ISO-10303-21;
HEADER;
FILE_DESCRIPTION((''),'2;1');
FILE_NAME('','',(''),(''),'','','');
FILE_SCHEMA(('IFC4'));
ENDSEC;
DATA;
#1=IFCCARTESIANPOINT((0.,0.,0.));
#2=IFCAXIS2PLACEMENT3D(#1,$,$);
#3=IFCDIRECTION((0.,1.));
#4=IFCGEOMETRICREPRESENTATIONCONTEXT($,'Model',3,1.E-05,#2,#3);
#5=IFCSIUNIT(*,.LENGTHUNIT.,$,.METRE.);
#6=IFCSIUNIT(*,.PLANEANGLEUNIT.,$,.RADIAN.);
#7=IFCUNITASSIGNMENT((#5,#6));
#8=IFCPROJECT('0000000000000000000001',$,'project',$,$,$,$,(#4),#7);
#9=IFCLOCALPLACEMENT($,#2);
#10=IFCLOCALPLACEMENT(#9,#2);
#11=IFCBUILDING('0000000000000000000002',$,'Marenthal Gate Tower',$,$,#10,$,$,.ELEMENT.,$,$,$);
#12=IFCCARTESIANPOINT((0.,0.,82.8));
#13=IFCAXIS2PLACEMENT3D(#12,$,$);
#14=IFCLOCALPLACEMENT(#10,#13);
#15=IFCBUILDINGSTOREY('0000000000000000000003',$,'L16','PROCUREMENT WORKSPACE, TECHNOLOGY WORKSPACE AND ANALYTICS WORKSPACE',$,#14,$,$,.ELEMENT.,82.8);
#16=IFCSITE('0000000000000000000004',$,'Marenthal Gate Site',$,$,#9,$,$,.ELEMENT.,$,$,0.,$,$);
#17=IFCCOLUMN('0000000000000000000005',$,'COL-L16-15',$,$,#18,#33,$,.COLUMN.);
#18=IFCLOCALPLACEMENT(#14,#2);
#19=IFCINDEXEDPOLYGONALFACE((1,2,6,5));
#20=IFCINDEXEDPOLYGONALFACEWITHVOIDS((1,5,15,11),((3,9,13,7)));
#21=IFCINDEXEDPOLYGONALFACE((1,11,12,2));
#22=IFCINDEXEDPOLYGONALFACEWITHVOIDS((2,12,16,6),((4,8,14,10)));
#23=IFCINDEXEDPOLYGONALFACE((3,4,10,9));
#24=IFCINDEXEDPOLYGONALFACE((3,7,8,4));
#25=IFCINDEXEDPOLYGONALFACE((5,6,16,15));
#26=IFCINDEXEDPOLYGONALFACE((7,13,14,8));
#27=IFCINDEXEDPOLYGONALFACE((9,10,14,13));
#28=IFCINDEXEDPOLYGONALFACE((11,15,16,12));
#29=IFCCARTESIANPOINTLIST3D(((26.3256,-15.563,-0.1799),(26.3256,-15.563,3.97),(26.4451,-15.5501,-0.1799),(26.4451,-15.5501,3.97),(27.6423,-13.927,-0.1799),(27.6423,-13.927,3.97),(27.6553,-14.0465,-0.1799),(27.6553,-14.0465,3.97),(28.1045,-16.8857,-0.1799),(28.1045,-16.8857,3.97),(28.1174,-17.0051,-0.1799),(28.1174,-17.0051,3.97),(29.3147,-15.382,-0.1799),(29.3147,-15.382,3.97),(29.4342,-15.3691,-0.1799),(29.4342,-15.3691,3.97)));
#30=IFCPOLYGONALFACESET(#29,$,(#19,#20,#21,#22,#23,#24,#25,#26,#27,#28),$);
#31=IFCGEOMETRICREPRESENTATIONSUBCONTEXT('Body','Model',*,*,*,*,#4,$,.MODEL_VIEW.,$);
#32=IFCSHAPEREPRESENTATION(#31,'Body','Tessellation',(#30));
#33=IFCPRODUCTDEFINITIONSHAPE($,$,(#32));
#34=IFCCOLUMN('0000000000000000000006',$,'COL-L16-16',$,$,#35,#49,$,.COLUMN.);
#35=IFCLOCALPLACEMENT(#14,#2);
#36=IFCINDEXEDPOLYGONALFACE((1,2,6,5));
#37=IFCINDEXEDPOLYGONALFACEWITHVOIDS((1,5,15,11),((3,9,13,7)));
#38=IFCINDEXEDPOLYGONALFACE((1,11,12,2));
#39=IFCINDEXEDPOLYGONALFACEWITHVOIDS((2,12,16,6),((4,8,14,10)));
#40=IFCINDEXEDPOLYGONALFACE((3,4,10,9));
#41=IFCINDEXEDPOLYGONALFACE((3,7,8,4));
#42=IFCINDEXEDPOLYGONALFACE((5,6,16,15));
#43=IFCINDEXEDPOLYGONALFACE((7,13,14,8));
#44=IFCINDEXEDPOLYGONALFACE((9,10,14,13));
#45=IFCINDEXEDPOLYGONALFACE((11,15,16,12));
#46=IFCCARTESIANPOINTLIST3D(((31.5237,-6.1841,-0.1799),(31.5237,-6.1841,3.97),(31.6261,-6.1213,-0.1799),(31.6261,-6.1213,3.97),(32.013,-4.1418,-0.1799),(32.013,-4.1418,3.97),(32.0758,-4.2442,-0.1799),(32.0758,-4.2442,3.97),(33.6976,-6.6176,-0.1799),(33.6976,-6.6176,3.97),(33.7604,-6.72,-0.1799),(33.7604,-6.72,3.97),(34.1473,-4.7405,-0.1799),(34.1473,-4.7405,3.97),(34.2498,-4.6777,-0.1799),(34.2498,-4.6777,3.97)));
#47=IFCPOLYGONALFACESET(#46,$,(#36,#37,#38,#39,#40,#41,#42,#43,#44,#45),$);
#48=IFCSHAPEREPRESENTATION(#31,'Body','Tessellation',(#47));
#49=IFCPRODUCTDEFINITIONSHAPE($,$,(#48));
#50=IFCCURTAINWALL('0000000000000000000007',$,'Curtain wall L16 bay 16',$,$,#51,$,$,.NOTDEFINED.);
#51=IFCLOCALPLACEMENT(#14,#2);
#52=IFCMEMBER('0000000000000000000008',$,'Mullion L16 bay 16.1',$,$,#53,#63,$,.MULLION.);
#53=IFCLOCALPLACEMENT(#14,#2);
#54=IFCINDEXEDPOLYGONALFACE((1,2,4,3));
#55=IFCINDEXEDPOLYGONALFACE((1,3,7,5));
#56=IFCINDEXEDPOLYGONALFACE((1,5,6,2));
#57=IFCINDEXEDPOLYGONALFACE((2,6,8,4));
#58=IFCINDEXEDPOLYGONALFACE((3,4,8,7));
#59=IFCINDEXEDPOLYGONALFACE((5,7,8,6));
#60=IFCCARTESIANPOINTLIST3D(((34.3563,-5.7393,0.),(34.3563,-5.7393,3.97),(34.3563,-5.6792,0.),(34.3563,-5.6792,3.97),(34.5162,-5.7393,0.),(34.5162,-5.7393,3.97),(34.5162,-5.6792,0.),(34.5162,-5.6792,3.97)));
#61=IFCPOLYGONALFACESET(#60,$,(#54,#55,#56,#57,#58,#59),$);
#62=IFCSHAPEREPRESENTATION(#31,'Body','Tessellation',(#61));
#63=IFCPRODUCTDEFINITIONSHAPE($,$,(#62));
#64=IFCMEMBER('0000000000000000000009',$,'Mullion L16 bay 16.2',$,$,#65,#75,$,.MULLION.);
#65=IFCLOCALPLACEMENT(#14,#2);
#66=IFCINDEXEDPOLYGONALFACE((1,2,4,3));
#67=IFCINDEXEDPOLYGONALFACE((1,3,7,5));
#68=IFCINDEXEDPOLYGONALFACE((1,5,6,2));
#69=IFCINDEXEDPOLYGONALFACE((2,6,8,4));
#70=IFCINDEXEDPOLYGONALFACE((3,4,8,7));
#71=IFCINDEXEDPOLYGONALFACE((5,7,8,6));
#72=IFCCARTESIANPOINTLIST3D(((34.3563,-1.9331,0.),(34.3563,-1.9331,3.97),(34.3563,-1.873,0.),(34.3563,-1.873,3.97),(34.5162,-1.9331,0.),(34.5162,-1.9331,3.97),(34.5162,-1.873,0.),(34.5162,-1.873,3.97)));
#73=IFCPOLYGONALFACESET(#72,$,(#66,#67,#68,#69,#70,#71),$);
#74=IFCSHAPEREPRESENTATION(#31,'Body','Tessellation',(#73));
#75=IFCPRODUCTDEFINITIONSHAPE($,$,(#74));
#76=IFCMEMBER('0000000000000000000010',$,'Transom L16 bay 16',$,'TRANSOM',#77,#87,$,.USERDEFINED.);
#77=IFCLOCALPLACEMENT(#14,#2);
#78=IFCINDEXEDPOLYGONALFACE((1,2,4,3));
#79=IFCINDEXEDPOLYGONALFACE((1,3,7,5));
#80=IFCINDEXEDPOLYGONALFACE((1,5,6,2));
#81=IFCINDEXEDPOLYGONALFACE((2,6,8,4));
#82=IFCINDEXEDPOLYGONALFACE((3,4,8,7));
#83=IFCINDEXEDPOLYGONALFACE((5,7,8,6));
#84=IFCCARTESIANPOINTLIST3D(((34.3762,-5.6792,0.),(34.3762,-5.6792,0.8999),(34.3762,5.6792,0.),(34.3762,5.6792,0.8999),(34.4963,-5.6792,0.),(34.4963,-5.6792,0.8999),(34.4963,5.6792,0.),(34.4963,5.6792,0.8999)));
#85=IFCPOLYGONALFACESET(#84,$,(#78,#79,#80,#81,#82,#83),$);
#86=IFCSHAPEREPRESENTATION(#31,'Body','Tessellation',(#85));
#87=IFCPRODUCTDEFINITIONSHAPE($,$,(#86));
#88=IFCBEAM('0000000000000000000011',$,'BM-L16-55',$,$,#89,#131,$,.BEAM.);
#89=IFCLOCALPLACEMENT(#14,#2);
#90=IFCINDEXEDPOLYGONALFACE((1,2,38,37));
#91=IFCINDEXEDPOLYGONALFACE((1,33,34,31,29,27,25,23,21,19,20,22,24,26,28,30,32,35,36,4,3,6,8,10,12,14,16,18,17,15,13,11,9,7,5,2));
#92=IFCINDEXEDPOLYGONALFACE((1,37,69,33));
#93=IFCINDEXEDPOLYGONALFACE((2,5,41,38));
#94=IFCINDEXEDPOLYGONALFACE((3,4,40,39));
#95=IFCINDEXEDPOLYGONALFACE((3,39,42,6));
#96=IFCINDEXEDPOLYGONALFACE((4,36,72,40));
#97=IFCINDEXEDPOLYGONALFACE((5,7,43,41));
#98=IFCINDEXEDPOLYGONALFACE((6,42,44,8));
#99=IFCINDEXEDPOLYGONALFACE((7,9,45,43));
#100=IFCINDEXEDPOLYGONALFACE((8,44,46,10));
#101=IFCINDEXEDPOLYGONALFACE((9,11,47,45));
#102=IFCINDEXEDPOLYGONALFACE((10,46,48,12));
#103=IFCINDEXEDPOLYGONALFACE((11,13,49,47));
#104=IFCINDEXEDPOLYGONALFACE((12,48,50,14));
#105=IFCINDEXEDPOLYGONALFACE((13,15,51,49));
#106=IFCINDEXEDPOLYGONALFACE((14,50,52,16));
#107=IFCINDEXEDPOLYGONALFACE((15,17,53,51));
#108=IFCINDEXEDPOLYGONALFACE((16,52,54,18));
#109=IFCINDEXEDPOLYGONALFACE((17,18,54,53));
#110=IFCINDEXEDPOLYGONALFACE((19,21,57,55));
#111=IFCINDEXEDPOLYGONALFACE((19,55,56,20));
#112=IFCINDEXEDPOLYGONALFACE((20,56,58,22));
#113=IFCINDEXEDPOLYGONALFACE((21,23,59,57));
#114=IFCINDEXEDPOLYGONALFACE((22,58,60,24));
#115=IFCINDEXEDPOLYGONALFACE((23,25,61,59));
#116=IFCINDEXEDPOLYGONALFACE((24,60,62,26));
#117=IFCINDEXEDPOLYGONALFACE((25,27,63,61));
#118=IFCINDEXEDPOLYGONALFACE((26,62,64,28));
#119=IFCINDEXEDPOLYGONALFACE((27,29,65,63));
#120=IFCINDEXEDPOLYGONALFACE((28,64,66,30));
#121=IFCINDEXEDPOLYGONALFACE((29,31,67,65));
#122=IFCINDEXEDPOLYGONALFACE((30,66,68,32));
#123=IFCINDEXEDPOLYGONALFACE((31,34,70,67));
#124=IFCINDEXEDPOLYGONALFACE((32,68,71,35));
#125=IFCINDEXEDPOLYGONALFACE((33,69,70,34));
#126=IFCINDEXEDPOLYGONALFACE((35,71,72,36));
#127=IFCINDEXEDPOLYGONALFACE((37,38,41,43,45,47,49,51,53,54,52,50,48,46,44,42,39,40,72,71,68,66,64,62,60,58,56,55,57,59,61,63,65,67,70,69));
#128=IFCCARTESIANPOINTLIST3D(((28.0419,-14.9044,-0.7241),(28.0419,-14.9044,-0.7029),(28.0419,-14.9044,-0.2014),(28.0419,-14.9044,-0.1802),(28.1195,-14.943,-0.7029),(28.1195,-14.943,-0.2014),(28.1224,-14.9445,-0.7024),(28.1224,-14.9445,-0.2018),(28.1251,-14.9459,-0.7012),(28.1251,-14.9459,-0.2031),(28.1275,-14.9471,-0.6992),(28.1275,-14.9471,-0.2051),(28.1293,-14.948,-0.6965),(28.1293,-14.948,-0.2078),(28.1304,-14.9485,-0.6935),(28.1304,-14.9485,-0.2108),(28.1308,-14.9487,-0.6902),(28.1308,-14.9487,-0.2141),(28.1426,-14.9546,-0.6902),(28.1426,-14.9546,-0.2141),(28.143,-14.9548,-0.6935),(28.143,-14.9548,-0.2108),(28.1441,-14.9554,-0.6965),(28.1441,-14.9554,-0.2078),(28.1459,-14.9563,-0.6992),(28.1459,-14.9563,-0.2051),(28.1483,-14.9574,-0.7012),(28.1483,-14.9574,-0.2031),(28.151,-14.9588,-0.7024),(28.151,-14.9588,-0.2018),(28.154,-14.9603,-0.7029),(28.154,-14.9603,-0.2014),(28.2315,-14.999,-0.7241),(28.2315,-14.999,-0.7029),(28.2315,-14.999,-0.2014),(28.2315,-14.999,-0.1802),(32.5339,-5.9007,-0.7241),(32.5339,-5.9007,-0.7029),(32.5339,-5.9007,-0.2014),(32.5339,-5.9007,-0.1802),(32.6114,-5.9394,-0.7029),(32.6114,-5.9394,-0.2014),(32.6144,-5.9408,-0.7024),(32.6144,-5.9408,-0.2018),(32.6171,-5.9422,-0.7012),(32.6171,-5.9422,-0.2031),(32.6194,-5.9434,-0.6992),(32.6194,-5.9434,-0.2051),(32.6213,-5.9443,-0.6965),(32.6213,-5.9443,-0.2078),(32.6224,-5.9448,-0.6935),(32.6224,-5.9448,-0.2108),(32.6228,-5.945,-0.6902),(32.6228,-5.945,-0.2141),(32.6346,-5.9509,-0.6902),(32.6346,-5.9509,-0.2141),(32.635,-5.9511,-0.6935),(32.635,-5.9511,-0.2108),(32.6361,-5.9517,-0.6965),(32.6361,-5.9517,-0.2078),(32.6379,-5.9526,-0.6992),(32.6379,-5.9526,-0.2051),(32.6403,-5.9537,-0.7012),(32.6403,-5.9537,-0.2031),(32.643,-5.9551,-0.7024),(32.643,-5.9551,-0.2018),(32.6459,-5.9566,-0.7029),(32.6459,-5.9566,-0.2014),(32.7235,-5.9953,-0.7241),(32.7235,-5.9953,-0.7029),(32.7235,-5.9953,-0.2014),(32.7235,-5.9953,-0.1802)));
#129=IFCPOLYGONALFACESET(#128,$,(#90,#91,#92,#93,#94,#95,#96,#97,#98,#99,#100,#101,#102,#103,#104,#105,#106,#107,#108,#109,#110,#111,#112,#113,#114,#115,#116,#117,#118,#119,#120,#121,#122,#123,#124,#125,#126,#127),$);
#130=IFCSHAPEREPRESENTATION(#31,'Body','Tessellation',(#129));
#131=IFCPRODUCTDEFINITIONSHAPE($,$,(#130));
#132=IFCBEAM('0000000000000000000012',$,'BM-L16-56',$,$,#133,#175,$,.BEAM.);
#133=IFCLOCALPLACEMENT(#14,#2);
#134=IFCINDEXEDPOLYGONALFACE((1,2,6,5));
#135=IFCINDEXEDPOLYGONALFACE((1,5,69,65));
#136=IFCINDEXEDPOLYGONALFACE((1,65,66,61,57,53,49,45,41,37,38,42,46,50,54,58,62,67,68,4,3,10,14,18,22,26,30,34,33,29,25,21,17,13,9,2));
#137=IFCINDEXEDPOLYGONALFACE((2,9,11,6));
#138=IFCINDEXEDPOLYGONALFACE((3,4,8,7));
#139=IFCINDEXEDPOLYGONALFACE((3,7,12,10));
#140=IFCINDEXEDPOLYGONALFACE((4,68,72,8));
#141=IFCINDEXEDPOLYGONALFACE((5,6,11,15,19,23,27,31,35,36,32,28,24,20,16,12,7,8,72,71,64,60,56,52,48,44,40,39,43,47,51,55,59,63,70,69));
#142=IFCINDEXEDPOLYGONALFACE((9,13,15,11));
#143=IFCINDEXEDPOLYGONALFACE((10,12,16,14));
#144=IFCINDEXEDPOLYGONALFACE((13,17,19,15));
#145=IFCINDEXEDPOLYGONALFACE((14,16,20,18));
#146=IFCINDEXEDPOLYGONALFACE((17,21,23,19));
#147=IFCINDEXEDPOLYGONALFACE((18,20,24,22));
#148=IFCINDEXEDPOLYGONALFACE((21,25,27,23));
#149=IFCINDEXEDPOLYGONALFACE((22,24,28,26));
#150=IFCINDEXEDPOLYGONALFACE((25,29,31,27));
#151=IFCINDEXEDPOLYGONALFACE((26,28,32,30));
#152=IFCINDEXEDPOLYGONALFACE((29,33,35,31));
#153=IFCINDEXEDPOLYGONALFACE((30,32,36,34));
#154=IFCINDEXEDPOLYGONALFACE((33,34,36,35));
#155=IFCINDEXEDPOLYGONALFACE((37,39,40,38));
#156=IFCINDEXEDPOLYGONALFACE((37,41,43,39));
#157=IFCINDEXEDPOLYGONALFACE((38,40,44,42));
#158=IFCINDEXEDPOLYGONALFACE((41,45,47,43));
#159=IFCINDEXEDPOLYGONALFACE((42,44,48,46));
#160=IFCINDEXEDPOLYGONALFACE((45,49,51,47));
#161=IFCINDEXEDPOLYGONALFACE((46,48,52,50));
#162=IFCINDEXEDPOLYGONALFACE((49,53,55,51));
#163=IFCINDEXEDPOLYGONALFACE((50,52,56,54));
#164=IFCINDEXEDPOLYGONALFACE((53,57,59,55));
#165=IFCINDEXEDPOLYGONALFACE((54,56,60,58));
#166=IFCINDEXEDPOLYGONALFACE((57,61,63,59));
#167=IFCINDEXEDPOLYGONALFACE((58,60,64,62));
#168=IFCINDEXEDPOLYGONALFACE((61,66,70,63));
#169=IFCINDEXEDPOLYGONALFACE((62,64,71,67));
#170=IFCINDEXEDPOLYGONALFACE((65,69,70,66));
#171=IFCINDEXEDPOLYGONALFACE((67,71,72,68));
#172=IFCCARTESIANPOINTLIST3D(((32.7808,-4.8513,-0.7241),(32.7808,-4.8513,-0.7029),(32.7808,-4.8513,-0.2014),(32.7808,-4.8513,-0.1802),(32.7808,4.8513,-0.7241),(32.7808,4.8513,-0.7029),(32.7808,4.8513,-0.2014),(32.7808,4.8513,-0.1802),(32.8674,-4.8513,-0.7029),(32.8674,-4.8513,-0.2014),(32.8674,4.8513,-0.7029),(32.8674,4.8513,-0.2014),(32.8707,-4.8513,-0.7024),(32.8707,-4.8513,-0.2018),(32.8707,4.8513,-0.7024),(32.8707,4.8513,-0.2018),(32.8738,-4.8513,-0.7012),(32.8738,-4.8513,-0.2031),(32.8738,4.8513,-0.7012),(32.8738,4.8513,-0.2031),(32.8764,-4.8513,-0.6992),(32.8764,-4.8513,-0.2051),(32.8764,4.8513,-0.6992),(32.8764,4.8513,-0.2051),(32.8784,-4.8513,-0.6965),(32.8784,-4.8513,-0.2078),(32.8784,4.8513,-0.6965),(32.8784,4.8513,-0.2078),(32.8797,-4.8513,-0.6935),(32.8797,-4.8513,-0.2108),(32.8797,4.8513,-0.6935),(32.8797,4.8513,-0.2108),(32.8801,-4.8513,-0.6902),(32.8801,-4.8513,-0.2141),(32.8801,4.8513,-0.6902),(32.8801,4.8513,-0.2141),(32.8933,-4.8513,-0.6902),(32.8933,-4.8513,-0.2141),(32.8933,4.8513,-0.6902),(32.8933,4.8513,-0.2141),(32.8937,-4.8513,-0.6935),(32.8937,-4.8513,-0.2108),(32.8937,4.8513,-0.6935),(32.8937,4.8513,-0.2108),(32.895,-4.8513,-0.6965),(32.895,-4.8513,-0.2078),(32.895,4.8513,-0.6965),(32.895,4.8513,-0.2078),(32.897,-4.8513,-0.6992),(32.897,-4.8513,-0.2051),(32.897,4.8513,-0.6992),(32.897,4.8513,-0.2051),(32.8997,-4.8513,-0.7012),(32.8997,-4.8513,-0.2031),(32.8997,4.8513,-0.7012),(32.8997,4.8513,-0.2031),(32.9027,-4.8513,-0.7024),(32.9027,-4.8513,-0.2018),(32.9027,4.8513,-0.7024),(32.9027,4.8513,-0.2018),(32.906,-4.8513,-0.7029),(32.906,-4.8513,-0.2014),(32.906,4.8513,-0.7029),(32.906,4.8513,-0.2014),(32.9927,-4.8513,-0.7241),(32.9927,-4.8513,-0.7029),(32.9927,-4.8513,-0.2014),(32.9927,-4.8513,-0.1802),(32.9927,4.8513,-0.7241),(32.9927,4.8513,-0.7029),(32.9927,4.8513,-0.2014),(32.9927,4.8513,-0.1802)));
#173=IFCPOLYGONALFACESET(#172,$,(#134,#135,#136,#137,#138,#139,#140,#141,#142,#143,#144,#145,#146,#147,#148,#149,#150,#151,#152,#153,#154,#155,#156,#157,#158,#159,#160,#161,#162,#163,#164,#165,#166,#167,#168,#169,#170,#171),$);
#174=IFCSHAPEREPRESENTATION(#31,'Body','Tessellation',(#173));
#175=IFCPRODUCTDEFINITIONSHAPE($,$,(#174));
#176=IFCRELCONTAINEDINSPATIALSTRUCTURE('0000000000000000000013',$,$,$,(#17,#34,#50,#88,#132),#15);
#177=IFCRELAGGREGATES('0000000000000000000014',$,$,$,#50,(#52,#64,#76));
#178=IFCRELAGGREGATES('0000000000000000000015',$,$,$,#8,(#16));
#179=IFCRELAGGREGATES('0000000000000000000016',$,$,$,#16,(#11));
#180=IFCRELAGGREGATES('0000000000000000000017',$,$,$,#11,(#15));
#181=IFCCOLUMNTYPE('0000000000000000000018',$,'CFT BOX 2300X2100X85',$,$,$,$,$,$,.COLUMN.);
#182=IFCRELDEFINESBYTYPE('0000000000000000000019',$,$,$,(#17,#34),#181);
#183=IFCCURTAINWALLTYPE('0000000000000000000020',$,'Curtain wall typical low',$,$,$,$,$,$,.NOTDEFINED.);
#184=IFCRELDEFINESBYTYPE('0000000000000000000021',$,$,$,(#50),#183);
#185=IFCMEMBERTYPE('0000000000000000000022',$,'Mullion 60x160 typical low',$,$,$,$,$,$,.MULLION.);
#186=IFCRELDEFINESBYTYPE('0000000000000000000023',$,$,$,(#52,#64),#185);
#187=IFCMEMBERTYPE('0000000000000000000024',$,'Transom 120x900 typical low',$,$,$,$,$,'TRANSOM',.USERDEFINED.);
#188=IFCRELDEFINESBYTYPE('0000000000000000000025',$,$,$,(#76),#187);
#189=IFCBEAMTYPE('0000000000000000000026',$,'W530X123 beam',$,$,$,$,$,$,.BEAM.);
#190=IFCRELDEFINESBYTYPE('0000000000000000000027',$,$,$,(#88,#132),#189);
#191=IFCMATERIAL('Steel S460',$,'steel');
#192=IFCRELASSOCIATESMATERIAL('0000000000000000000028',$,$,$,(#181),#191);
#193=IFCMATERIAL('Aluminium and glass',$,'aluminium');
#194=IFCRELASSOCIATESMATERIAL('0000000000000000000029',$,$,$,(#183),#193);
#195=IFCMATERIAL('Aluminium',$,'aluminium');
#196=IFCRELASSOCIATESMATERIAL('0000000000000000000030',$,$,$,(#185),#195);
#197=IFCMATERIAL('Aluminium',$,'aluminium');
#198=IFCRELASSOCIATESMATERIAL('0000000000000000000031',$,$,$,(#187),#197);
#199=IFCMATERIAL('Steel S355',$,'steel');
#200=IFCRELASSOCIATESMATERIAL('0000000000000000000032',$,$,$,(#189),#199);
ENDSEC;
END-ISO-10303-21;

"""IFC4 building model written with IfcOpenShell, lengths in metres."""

from ifc_helpers import new_model, si_unit, direction, frame, origin, origin_2d, place, context, subcontext, project, spatial, rectangle, hollow_rectangle, i_section, extrude, material, material_profile, profile_set, type_object, element, aggregate, save


model = new_model("IFC4")

# Units and contexts
model_context = context("Model", 3, precision=1e-05, world=origin(), true_north=direction((0.0, 1.0)))
body_context = subcontext(model_context, "Body", "Model", "MODEL_VIEW")
ifc_project = project(units=[si_unit("LENGTHUNIT", "METRE"), si_unit("PLANEANGLEUNIT", "RADIAN")], contexts=[model_context])

# Site, building, storey
site_placement = place(None, origin())
site = spatial("IfcSite", under=ifc_project, at=site_placement, Name="Marenthal Gate Site", CompositionType="ELEMENT", RefElevation=0.0)
building_placement = place(site_placement, origin())
building = spatial("IfcBuilding", under=site, at=building_placement, Name="Marenthal Gate Tower", CompositionType="ELEMENT")
storey_placement = place(building_placement, frame((0.0, 0.0, 82.8)))
storey = spatial("IfcBuildingStorey", under=building, at=storey_placement, Name="L16", Description="PROCUREMENT WORKSPACE, TECHNOLOGY WORKSPACE AND ANALYTICS WORKSPACE", CompositionType="ELEMENT", Elevation=82.8)

# Columns
ifc_material_1 = material(Name="Steel S460", Category="steel")
ifc_material_profile_1 = material_profile(ifc_material_1, hollow_rectangle(XDim=2.1001, YDim=2.3, WallThickness=0.085, at=origin_2d()), Name="CFT BOX 2300X2100X85")
ifc_material_2 = material(Name="Concrete 70 MPa", Category="concrete")
ifc_material_profile_2 = material_profile(ifc_material_2, rectangle(XDim=1.9299, YDim=2.1299, at=origin_2d()), Name="CFT BOX 2300X2100X85 INFILL")
ifc_profile_set_1 = profile_set([ifc_material_profile_1, ifc_material_profile_2], Name="Steel S460 shell, Concrete 70 MPa infill")
column_type = type_object("IfcColumnType", Name="CFT BOX 2300X2100X85", PredefinedType="COLUMN", material=ifc_profile_set_1)
for number, where, z_axis, x_axis, name in (
    (1, (27.8799, -15.4661, -0.1799), (0.0, 0.0, 1.0), (-0.626985, -0.779032, 0.0), "COL-L16-15"),
    (2, (32.8867, -5.4309, -0.1799), (0.0, 0.0, 1.0), (-0.232997, -0.972477, 0.0), "COL-L16-16"),
):
    element("IfcColumn", number, at=place(storey_placement, frame(where, z_axis=z_axis, x_axis=x_axis)), inside=storey, type_object=column_type, Name=name, PredefinedType="COLUMN", context=body_context, shape_type="SweptSolid", body=[
        extrude(hollow_rectangle(XDim=2.1001, YDim=2.3, WallThickness=0.085, at=origin_2d()), origin(), (0.0, 0.0, 1.0), 4.1499),
    ])

# Curtain wall, members
ifc_material_3 = material(Name="Aluminium and glass", Category="aluminium")
curtain_wall_type = type_object("IfcCurtainWallType", Name="Curtain wall typical low", PredefinedType="NOTDEFINED", material=ifc_material_3)
curtain_wall_placement = place(storey_placement, origin())
curtain_wall = element("IfcCurtainWall", 3, at=curtain_wall_placement, inside=storey, type_object=curtain_wall_type, Name="Curtain wall L16 bay 16", PredefinedType="NOTDEFINED")
ifc_material_4 = material(Name="Aluminium", Category="aluminium")
ifc_material_profile_3 = material_profile(ifc_material_4, rectangle(XDim=0.1599, YDim=0.0601, at=origin_2d()), Name="60x160 aluminium mullion")
ifc_profile_set_2 = profile_set([ifc_material_profile_3], Name="Aluminium")
member_type_1 = type_object("IfcMemberType", Name="Mullion 60x160 typical low", PredefinedType="MULLION", material=ifc_profile_set_2)
member_1_placement = place(storey_placement, frame((34.4363, -5.7092, 0.0), z_axis=(0.0, 0.0, 1.0), x_axis=(-1.0, 0.0, 0.0)))
member_1 = element("IfcMember", 4, at=member_1_placement, type_object=member_type_1, Name="Mullion L16 bay 16.1", PredefinedType="MULLION", context=body_context, shape_type="SweptSolid", body=[
    extrude(rectangle(XDim=0.1599, YDim=0.0601, at=origin_2d()), origin(), (0.0, 0.0, 1.0), 3.97),
])
member_2_placement = place(storey_placement, frame((34.4363, -1.9031, 0.0), z_axis=(0.0, 0.0, 1.0), x_axis=(-1.0, 0.0, 0.0)))
member_2 = element("IfcMember", 5, at=member_2_placement, type_object=member_type_1, Name="Mullion L16 bay 16.2", PredefinedType="MULLION", context=body_context, shape_type="SweptSolid", body=[
    extrude(rectangle(XDim=0.1599, YDim=0.0601, at=origin_2d()), origin(), (0.0, 0.0, 1.0), 3.97),
])
ifc_material_5 = material(Name="Aluminium", Category="aluminium")
ifc_material_profile_4 = material_profile(ifc_material_5, rectangle(XDim=0.1201, YDim=0.8999, at=origin_2d()), Name="120x900 aluminium transom")
ifc_profile_set_3 = profile_set([ifc_material_profile_4], Name="Aluminium")
member_type_2 = type_object("IfcMemberType", Name="Transom 120x900 typical low", ElementType="TRANSOM", PredefinedType="USERDEFINED", material=ifc_profile_set_3)
member_3_placement = place(storey_placement, frame((34.4363, -5.6792, 0.45), z_axis=(0.0, 1.0, 0.0), x_axis=(-1.0, 0.0, 0.0)))
member_3 = element("IfcMember", 6, at=member_3_placement, type_object=member_type_2, Name="Transom L16 bay 16", ObjectType="TRANSOM", PredefinedType="USERDEFINED", context=body_context, shape_type="SweptSolid", body=[
    extrude(rectangle(XDim=0.1201, YDim=0.8999, at=origin_2d()), origin(), (0.0, 0.0, 1.0), 11.3584),
])

# Beams
ifc_material_6 = material(Name="Steel S355", Category="steel")
ifc_material_profile_5 = material_profile(ifc_material_6, i_section(OverallWidth=0.2119, OverallDepth=0.5439, WebThickness=0.0132, FlangeThickness=0.0212, FilletRadius=0.0127, at=origin_2d()), Name="W530X123")
ifc_profile_set_4 = profile_set([ifc_material_profile_5], Name="Steel S355")
beam_type_1 = type_object("IfcBeamType", Name="W530X123 beam", PredefinedType="BEAM", material=ifc_profile_set_4)
beam_1_placement = place(storey_placement, frame((28.1367, -14.9517, -0.4521), z_axis=(0.446427, 0.89482, 0.0), x_axis=(-0.89482, 0.446427, 0.0)))
element("IfcBeam", 7, at=beam_1_placement, inside=storey, type_object=beam_type_1, Name="BM-L16-55", PredefinedType="BEAM", context=body_context, shape_type="SweptSolid", body=[
    extrude(i_section(OverallWidth=0.2119, OverallDepth=0.5439, WebThickness=0.0132, FlangeThickness=0.0212, FilletRadius=0.0127, at=origin_2d()), origin(), (0.0, 0.0, 1.0), 10.062),
])
beam_2_placement = place(storey_placement, frame((32.8867, -4.8513, -0.4521), z_axis=(0.0, 1.0, 0.0), x_axis=(-1.0, 0.0, 0.0)))
element("IfcBeam", 8, at=beam_2_placement, inside=storey, type_object=beam_type_1, Name="BM-L16-56", PredefinedType="BEAM", context=body_context, shape_type="SweptSolid", body=[
    extrude(i_section(OverallWidth=0.2119, OverallDepth=0.5439, WebThickness=0.0132, FlangeThickness=0.0212, FilletRadius=0.0127, at=origin_2d()), origin(), (0.0, 0.0, 1.0), 9.7026),
])

aggregate(curtain_wall, [member_1, member_2, member_3])

save(model, "model.ifc")
